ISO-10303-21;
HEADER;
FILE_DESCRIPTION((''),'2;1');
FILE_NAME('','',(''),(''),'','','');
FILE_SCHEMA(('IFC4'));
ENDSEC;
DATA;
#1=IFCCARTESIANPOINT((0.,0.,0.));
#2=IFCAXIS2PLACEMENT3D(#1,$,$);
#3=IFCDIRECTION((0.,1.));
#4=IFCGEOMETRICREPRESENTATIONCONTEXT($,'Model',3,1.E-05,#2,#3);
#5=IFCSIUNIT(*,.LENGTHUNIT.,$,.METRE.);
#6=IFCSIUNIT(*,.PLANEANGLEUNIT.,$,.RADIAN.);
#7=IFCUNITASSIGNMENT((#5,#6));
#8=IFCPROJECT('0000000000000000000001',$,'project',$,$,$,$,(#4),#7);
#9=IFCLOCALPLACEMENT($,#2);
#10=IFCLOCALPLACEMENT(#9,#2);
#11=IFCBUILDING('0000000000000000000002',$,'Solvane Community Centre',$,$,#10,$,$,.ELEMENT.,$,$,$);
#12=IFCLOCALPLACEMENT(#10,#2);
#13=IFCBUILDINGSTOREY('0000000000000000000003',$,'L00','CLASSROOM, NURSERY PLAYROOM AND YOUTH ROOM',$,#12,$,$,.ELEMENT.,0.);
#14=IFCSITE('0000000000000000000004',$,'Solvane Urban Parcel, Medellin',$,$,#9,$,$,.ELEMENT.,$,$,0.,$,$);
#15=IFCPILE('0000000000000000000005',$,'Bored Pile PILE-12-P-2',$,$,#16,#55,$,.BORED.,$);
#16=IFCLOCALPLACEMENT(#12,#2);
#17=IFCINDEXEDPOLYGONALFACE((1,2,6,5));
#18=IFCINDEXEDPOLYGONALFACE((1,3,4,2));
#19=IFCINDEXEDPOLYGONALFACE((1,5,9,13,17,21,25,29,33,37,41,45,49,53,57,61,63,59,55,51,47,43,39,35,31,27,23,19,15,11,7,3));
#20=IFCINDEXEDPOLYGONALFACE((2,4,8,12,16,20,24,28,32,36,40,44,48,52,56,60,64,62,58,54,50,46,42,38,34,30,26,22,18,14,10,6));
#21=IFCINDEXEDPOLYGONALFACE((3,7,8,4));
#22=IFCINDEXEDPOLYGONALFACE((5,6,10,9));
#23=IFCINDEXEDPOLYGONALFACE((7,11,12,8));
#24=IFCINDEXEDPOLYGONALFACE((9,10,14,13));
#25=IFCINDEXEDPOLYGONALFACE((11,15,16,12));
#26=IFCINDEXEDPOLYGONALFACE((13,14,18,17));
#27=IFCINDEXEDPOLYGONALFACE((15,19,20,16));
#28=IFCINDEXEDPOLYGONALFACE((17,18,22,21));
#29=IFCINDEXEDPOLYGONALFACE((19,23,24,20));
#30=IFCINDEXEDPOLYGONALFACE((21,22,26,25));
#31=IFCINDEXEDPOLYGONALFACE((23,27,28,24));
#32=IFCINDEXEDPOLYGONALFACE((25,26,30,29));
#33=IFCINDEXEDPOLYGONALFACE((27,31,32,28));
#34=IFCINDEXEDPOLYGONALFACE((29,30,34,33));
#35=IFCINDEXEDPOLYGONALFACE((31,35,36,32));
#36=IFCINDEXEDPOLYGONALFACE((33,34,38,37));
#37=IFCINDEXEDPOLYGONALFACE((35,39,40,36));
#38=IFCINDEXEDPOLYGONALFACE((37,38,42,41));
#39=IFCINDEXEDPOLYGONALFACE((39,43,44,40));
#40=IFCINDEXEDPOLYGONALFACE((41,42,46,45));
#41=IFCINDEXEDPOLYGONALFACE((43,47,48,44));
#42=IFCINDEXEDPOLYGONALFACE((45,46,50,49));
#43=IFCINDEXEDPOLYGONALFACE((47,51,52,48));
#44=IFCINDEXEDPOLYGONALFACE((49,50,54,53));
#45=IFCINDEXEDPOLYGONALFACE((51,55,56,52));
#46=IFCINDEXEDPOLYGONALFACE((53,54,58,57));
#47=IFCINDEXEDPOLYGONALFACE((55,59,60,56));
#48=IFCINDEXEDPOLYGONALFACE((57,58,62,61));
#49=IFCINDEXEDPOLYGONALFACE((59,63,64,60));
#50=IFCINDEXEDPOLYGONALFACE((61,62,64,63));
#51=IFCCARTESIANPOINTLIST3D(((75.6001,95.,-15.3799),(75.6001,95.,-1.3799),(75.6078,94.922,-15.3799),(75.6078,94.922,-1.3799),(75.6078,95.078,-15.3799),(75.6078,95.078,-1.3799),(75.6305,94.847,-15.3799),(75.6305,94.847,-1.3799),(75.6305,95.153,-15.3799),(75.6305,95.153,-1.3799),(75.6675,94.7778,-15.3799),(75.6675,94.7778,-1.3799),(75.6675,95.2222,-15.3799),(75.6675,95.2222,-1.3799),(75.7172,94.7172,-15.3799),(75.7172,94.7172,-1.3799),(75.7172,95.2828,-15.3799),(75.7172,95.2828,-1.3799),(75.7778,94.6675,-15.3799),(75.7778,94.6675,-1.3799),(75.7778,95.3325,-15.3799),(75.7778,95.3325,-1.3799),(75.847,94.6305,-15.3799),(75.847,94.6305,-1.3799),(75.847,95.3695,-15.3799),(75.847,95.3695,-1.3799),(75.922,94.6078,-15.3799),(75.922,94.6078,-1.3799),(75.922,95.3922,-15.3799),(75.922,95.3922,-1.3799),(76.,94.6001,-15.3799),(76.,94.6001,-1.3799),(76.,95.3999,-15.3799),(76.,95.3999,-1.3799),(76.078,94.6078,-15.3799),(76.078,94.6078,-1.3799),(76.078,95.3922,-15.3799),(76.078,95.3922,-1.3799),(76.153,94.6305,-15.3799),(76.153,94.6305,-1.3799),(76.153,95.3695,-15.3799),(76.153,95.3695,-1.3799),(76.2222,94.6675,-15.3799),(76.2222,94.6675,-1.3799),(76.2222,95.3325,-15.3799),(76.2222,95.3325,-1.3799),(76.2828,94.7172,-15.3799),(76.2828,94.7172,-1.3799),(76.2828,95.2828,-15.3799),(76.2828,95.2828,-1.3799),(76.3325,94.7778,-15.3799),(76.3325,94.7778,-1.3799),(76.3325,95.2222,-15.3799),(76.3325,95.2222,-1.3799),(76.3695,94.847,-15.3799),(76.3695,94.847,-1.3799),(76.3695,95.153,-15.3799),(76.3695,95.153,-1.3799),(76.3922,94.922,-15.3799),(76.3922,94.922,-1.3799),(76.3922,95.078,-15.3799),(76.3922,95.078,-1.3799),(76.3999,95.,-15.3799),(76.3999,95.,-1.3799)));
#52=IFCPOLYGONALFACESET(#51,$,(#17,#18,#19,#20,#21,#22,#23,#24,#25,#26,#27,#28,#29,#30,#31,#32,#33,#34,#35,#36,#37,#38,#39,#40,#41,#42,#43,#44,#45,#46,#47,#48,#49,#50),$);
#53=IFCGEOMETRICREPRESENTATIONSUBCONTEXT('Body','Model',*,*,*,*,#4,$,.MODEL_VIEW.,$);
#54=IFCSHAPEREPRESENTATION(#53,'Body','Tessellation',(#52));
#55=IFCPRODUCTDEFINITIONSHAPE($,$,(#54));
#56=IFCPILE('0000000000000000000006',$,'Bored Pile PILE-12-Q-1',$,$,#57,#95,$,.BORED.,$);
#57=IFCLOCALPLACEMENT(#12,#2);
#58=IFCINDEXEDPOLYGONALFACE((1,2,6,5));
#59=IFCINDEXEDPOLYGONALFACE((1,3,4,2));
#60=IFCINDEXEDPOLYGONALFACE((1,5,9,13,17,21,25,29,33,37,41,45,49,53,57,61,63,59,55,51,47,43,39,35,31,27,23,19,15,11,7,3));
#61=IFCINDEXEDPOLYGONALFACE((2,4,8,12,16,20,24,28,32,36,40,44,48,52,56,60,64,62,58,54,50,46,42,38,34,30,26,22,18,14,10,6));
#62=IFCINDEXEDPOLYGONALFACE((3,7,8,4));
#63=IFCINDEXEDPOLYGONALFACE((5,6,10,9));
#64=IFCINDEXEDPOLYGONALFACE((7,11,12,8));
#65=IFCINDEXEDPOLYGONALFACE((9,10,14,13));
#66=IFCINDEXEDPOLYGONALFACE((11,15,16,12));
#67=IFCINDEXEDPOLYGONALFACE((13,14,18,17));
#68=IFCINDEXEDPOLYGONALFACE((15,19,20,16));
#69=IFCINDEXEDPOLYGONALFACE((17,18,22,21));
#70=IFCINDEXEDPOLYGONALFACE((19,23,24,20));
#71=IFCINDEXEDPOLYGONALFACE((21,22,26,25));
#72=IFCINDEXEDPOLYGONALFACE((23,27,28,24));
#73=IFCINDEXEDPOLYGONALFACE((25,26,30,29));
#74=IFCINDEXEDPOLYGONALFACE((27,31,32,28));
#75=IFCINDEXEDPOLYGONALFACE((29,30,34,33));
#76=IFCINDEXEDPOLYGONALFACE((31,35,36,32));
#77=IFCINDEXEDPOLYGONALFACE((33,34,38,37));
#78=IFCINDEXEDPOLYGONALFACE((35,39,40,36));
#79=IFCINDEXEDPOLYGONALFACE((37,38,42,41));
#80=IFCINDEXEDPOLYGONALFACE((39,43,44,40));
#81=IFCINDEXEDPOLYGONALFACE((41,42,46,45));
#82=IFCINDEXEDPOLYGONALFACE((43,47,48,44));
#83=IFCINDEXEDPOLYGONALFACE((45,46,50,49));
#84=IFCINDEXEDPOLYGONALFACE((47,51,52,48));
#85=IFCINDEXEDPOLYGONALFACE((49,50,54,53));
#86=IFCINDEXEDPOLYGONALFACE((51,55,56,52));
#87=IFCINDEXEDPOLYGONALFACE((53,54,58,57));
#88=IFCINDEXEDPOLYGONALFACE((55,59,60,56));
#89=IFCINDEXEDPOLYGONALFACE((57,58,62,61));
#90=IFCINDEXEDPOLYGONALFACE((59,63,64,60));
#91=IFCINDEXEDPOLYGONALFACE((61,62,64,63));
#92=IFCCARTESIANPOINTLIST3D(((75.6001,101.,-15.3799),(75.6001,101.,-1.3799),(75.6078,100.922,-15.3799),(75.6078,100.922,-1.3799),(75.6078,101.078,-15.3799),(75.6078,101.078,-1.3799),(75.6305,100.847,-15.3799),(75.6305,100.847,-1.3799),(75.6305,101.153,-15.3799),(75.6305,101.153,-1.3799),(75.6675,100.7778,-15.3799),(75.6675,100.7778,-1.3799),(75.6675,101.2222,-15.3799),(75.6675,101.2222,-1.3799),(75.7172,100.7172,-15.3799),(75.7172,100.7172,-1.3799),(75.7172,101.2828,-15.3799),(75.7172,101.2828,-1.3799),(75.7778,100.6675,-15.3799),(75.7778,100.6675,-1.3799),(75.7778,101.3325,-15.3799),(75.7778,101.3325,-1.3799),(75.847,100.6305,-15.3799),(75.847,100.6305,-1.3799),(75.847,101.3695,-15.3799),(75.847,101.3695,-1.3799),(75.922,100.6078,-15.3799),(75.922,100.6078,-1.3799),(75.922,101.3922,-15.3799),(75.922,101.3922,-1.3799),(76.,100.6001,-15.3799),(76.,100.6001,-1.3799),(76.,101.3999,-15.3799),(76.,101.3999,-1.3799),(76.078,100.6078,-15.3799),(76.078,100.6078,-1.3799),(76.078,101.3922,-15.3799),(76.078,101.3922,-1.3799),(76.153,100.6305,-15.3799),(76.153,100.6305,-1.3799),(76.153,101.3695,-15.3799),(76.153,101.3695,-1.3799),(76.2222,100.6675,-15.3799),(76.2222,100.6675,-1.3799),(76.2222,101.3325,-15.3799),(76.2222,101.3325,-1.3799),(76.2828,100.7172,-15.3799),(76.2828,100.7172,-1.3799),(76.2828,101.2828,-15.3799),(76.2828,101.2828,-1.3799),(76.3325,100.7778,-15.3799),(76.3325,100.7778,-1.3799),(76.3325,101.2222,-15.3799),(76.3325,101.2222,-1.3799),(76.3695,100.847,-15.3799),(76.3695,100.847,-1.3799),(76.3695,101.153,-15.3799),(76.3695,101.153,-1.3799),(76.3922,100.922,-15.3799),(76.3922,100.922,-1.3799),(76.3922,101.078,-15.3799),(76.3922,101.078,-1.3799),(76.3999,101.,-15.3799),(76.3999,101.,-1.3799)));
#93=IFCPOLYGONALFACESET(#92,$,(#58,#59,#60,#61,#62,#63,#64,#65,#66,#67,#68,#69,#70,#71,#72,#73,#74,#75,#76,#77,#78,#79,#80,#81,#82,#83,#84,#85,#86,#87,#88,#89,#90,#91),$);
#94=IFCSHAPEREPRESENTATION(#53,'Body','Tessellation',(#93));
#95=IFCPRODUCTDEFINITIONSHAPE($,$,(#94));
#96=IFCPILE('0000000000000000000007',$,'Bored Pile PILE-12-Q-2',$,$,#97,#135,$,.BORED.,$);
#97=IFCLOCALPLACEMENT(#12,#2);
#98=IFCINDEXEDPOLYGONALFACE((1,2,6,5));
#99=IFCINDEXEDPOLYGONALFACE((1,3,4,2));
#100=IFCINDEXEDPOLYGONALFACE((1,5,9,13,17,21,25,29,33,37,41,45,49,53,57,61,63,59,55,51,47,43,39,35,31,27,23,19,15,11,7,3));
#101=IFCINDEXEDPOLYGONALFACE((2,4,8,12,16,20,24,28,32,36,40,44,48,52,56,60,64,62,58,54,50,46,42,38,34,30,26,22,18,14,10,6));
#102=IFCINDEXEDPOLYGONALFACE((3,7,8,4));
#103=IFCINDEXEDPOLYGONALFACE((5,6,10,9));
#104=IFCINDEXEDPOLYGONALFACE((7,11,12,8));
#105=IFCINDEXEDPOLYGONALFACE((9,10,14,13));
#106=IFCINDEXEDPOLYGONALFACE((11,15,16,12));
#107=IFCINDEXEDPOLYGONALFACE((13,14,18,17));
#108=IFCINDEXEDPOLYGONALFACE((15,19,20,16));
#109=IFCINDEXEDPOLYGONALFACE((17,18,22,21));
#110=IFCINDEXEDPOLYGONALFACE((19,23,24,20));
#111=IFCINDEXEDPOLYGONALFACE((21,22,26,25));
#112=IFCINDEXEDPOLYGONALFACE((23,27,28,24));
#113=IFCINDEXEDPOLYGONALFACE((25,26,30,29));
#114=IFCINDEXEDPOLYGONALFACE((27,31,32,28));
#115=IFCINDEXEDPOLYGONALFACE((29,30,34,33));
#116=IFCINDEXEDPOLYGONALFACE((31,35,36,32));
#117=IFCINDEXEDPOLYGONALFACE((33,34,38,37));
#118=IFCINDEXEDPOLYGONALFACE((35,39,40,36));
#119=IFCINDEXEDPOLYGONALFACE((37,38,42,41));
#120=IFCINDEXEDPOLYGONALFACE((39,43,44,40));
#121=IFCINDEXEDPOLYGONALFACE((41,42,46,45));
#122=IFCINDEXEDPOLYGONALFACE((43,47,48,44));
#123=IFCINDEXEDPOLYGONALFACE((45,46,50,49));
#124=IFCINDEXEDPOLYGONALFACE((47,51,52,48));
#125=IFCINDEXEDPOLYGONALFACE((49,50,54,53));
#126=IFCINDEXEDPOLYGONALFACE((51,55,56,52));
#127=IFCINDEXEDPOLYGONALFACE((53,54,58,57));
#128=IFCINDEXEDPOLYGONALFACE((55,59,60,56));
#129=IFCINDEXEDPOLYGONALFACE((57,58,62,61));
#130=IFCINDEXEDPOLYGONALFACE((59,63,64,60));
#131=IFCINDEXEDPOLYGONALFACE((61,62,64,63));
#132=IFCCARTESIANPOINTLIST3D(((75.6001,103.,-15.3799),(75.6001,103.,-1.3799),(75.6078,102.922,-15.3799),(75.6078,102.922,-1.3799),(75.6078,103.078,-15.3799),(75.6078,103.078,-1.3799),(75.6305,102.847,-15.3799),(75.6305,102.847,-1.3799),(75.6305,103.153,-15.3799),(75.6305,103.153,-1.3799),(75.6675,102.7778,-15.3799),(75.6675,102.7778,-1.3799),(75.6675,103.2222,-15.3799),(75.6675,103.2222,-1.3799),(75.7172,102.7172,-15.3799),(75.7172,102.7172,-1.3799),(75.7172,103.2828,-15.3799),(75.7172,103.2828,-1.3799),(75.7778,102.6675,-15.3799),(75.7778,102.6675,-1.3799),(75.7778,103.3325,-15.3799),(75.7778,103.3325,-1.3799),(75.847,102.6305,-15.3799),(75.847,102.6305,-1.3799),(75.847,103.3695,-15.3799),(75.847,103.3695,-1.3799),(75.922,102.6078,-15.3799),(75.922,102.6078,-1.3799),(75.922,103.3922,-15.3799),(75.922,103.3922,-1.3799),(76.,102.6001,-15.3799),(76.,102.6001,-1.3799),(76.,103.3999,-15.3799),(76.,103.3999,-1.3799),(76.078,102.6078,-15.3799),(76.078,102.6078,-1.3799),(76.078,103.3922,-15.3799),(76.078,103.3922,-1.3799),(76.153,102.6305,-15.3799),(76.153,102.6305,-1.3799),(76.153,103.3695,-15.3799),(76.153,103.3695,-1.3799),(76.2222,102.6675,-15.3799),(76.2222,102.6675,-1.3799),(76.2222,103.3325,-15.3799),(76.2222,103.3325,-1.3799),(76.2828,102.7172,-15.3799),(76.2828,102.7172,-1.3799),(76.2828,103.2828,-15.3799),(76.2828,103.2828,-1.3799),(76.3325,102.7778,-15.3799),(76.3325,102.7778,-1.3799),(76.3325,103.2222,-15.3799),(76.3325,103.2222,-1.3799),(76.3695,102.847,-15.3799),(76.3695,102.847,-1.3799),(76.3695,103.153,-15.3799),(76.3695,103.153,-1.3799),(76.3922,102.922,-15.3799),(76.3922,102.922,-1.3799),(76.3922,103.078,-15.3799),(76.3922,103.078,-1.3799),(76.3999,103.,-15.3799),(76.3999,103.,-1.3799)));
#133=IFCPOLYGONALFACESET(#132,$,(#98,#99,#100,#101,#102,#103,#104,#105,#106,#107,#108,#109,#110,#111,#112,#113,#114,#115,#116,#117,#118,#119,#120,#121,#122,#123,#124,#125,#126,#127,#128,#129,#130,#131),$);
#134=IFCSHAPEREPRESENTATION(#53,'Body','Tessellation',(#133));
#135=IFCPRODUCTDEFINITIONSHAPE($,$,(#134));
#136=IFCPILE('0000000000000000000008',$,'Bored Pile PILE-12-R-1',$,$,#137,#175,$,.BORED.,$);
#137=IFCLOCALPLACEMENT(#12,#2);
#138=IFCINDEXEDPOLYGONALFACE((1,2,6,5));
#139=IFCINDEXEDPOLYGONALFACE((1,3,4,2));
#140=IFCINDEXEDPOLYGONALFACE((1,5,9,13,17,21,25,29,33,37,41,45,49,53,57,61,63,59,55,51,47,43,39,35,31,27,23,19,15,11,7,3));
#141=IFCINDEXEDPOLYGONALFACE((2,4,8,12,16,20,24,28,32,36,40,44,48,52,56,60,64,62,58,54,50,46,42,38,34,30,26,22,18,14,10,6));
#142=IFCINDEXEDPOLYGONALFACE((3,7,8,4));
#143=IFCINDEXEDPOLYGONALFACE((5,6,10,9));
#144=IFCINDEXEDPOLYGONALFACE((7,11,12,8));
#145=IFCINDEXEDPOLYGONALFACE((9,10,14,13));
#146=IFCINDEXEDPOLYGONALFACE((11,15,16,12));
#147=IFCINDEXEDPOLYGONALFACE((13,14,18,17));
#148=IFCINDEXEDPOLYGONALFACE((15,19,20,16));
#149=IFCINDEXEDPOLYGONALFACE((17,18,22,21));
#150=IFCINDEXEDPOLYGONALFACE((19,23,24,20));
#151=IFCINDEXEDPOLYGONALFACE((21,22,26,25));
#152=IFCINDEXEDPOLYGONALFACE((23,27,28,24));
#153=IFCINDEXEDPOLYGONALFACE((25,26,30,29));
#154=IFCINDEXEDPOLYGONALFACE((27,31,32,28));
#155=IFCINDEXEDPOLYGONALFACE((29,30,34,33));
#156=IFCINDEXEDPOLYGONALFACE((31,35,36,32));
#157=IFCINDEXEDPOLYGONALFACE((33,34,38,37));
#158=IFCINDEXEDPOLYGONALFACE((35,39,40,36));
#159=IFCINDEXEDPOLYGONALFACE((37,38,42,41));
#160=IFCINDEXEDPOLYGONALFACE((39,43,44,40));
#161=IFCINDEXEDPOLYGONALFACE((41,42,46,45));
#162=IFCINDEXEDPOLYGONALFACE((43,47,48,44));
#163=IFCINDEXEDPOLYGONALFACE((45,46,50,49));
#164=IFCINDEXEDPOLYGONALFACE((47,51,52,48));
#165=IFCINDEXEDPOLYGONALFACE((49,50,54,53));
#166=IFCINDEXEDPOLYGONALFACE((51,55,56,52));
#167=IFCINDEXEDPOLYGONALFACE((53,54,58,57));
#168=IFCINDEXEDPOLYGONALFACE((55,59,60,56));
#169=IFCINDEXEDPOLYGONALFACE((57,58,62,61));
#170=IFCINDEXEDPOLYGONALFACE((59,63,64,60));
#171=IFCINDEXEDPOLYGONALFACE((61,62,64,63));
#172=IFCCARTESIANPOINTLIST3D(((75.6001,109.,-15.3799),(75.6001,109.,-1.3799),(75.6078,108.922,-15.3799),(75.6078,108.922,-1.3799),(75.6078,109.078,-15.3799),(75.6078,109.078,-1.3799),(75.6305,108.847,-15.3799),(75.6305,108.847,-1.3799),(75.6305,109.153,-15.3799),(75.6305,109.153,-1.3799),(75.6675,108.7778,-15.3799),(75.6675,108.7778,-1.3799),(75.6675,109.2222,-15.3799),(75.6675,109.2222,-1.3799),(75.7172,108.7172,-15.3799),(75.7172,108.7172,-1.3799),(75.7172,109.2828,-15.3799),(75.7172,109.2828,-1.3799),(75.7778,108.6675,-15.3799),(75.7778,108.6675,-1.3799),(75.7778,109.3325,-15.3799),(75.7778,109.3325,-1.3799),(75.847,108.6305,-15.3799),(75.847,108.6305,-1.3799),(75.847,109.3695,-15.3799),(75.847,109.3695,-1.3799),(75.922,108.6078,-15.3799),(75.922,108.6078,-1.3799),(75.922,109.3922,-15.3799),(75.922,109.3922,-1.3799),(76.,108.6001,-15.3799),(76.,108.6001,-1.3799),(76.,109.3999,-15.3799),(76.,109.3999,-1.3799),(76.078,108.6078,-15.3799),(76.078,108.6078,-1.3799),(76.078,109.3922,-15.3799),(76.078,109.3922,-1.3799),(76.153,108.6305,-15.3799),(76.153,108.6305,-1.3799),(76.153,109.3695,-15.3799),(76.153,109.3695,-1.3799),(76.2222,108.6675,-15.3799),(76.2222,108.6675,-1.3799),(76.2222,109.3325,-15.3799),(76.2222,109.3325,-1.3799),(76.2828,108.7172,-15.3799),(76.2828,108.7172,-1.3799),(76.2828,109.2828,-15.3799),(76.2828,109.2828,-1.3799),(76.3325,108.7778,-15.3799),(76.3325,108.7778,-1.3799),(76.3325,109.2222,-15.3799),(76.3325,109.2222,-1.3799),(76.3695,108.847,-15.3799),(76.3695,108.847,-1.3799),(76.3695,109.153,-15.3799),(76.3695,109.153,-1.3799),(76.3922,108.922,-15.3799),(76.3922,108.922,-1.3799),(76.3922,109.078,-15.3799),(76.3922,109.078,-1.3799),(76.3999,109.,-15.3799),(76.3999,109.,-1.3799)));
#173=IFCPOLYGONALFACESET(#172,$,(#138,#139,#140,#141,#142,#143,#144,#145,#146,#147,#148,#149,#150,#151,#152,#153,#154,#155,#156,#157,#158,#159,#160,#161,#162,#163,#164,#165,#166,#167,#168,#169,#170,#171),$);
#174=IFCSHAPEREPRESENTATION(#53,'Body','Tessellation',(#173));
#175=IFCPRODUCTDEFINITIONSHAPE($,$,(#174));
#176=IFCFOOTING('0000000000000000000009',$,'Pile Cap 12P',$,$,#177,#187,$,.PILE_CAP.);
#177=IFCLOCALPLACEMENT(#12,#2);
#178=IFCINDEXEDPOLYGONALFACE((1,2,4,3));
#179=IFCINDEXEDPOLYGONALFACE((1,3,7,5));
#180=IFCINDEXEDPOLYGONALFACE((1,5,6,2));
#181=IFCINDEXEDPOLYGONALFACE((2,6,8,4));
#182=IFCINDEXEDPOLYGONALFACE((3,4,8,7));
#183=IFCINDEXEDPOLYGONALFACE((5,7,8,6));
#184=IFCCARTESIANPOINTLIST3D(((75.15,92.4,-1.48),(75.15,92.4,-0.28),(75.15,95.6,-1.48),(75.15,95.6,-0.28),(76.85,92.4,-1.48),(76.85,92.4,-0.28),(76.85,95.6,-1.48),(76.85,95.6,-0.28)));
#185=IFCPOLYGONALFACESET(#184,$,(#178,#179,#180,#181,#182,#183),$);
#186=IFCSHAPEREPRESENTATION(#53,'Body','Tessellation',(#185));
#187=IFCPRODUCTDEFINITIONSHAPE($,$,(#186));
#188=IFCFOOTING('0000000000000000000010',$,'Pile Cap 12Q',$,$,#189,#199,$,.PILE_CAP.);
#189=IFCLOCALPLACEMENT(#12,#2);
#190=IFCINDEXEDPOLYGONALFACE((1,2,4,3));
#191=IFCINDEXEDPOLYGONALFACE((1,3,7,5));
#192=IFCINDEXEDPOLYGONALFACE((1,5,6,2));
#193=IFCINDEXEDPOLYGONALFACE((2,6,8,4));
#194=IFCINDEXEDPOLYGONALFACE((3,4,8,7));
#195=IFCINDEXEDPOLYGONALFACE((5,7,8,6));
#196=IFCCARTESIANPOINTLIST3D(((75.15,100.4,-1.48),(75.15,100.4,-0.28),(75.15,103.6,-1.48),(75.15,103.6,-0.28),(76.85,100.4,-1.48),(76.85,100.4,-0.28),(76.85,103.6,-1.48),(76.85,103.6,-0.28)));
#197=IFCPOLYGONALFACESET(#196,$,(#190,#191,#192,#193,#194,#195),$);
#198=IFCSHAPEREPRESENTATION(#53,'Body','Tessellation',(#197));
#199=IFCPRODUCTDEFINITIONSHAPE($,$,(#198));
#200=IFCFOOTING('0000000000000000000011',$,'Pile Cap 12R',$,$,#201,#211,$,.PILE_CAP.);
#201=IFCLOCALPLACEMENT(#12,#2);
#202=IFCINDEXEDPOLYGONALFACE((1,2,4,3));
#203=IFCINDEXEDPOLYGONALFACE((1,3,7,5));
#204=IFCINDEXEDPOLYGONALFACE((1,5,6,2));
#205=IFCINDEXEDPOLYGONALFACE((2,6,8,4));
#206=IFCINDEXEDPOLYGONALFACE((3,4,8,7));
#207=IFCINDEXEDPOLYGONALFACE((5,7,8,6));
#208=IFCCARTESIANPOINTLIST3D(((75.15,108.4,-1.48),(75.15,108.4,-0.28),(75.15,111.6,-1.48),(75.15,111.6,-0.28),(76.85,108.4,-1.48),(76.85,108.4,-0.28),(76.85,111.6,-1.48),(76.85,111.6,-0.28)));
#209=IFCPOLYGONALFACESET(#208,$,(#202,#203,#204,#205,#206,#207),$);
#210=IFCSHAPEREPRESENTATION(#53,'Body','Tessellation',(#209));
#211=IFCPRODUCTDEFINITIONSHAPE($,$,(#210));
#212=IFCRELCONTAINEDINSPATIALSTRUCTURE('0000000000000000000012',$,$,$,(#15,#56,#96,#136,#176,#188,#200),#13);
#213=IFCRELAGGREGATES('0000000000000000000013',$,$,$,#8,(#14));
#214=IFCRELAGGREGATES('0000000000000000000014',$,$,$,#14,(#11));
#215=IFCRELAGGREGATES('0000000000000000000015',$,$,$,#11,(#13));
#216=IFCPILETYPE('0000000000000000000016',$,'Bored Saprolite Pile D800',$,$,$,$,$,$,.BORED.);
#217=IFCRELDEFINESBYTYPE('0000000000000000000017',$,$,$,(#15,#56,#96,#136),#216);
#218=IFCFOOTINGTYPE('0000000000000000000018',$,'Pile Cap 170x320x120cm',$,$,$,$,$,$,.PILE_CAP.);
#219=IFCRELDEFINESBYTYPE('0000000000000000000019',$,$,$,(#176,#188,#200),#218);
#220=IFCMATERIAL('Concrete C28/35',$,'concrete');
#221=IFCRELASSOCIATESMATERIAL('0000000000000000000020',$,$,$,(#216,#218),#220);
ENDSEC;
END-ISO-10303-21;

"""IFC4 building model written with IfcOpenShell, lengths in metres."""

from ifc_helpers import new_model, si_unit, direction, frame, origin, origin_2d, place, context, subcontext, project, spatial, rectangle, circle, extrude, material, material_profile, profile_set, type_object, element, save


model = new_model("IFC4")

# Units and contexts
model_context = context("Model", 3, precision=1e-05, world=origin(), true_north=direction((0.0, 1.0)))
body_context = subcontext(model_context, "Body", "Model", "MODEL_VIEW")
ifc_project = project(units=[si_unit("LENGTHUNIT", "METRE"), si_unit("PLANEANGLEUNIT", "RADIAN")], contexts=[model_context])

# Site, building, storey
site_placement = place(None, origin())
site = spatial("IfcSite", under=ifc_project, at=site_placement, Name="Solvane Urban Parcel, Medellin", CompositionType="ELEMENT", RefElevation=0.0)
building_placement = place(site_placement, origin())
building = spatial("IfcBuilding", under=site, at=building_placement, Name="Solvane Community Centre", CompositionType="ELEMENT")
storey_placement = place(building_placement, origin())
storey = spatial("IfcBuildingStorey", under=building, at=storey_placement, Name="L00", Description="CLASSROOM, NURSERY PLAYROOM AND YOUTH ROOM", CompositionType="ELEMENT", Elevation=0.0)

# Piles
ifc_material_1 = material(Name="Concrete C28/35", Category="concrete")
ifc_material_profile_1 = material_profile(ifc_material_1, circle(Radius=0.3999, at=origin_2d()), Name="PILE D800")
ifc_profile_set_1 = profile_set([ifc_material_profile_1], Name="Concrete C28/35")
pile_type = type_object("IfcPileType", Name="Bored Saprolite Pile D800", PredefinedType="BORED", material=ifc_profile_set_1)
for number, where, z_axis, x_axis, name in (
    (1, (76.0, 95.0, -1.3799), (0.0, 0.0, -1.0), (1.0, 0.0, 0.0), "Bored Pile PILE-12-P-2"),
    (2, (76.0, 101.0, -1.3799), (0.0, 0.0, -1.0), (1.0, 0.0, 0.0), "Bored Pile PILE-12-Q-1"),
    (3, (76.0, 103.0, -1.3799), (0.0, 0.0, -1.0), (1.0, 0.0, 0.0), "Bored Pile PILE-12-Q-2"),
    (4, (76.0, 109.0, -1.3799), (0.0, 0.0, -1.0), (1.0, 0.0, 0.0), "Bored Pile PILE-12-R-1"),
):
    element("IfcPile", number, at=place(storey_placement, frame(where, z_axis=z_axis, x_axis=x_axis)), inside=storey, type_object=pile_type, Name=name, PredefinedType="BORED", context=body_context, shape_type="SweptSolid", body=[
        extrude(circle(Radius=0.3999, at=origin_2d()), origin(), (0.0, 0.0, 1.0), 14.0),
    ])

# Footings
footing_type_1 = type_object("IfcFootingType", Name="Pile Cap 170x320x120cm", PredefinedType="PILE_CAP", material=ifc_material_1)
for number, where, z_axis, x_axis, name in (
    (5, (76.0, 94.0, -1.48), (0.0, 0.0, 1.0), (1.0, 0.0, 0.0), "Pile Cap 12P"),
    (6, (76.0, 102.0, -1.48), (0.0, 0.0, 1.0), (1.0, 0.0, 0.0), "Pile Cap 12Q"),
    (7, (76.0, 110.0, -1.48), (0.0, 0.0, 1.0), (1.0, 0.0, 0.0), "Pile Cap 12R"),
):
    element("IfcFooting", number, at=place(storey_placement, frame(where, z_axis=z_axis, x_axis=x_axis)), inside=storey, type_object=footing_type_1, Name=name, PredefinedType="PILE_CAP", context=body_context, shape_type="SweptSolid", body=[
        extrude(rectangle(XDim=1.7, YDim=3.2, at=origin_2d()), origin(), (0.0, 0.0, 1.0), 1.2),
    ])

save(model, "model.ifc")
